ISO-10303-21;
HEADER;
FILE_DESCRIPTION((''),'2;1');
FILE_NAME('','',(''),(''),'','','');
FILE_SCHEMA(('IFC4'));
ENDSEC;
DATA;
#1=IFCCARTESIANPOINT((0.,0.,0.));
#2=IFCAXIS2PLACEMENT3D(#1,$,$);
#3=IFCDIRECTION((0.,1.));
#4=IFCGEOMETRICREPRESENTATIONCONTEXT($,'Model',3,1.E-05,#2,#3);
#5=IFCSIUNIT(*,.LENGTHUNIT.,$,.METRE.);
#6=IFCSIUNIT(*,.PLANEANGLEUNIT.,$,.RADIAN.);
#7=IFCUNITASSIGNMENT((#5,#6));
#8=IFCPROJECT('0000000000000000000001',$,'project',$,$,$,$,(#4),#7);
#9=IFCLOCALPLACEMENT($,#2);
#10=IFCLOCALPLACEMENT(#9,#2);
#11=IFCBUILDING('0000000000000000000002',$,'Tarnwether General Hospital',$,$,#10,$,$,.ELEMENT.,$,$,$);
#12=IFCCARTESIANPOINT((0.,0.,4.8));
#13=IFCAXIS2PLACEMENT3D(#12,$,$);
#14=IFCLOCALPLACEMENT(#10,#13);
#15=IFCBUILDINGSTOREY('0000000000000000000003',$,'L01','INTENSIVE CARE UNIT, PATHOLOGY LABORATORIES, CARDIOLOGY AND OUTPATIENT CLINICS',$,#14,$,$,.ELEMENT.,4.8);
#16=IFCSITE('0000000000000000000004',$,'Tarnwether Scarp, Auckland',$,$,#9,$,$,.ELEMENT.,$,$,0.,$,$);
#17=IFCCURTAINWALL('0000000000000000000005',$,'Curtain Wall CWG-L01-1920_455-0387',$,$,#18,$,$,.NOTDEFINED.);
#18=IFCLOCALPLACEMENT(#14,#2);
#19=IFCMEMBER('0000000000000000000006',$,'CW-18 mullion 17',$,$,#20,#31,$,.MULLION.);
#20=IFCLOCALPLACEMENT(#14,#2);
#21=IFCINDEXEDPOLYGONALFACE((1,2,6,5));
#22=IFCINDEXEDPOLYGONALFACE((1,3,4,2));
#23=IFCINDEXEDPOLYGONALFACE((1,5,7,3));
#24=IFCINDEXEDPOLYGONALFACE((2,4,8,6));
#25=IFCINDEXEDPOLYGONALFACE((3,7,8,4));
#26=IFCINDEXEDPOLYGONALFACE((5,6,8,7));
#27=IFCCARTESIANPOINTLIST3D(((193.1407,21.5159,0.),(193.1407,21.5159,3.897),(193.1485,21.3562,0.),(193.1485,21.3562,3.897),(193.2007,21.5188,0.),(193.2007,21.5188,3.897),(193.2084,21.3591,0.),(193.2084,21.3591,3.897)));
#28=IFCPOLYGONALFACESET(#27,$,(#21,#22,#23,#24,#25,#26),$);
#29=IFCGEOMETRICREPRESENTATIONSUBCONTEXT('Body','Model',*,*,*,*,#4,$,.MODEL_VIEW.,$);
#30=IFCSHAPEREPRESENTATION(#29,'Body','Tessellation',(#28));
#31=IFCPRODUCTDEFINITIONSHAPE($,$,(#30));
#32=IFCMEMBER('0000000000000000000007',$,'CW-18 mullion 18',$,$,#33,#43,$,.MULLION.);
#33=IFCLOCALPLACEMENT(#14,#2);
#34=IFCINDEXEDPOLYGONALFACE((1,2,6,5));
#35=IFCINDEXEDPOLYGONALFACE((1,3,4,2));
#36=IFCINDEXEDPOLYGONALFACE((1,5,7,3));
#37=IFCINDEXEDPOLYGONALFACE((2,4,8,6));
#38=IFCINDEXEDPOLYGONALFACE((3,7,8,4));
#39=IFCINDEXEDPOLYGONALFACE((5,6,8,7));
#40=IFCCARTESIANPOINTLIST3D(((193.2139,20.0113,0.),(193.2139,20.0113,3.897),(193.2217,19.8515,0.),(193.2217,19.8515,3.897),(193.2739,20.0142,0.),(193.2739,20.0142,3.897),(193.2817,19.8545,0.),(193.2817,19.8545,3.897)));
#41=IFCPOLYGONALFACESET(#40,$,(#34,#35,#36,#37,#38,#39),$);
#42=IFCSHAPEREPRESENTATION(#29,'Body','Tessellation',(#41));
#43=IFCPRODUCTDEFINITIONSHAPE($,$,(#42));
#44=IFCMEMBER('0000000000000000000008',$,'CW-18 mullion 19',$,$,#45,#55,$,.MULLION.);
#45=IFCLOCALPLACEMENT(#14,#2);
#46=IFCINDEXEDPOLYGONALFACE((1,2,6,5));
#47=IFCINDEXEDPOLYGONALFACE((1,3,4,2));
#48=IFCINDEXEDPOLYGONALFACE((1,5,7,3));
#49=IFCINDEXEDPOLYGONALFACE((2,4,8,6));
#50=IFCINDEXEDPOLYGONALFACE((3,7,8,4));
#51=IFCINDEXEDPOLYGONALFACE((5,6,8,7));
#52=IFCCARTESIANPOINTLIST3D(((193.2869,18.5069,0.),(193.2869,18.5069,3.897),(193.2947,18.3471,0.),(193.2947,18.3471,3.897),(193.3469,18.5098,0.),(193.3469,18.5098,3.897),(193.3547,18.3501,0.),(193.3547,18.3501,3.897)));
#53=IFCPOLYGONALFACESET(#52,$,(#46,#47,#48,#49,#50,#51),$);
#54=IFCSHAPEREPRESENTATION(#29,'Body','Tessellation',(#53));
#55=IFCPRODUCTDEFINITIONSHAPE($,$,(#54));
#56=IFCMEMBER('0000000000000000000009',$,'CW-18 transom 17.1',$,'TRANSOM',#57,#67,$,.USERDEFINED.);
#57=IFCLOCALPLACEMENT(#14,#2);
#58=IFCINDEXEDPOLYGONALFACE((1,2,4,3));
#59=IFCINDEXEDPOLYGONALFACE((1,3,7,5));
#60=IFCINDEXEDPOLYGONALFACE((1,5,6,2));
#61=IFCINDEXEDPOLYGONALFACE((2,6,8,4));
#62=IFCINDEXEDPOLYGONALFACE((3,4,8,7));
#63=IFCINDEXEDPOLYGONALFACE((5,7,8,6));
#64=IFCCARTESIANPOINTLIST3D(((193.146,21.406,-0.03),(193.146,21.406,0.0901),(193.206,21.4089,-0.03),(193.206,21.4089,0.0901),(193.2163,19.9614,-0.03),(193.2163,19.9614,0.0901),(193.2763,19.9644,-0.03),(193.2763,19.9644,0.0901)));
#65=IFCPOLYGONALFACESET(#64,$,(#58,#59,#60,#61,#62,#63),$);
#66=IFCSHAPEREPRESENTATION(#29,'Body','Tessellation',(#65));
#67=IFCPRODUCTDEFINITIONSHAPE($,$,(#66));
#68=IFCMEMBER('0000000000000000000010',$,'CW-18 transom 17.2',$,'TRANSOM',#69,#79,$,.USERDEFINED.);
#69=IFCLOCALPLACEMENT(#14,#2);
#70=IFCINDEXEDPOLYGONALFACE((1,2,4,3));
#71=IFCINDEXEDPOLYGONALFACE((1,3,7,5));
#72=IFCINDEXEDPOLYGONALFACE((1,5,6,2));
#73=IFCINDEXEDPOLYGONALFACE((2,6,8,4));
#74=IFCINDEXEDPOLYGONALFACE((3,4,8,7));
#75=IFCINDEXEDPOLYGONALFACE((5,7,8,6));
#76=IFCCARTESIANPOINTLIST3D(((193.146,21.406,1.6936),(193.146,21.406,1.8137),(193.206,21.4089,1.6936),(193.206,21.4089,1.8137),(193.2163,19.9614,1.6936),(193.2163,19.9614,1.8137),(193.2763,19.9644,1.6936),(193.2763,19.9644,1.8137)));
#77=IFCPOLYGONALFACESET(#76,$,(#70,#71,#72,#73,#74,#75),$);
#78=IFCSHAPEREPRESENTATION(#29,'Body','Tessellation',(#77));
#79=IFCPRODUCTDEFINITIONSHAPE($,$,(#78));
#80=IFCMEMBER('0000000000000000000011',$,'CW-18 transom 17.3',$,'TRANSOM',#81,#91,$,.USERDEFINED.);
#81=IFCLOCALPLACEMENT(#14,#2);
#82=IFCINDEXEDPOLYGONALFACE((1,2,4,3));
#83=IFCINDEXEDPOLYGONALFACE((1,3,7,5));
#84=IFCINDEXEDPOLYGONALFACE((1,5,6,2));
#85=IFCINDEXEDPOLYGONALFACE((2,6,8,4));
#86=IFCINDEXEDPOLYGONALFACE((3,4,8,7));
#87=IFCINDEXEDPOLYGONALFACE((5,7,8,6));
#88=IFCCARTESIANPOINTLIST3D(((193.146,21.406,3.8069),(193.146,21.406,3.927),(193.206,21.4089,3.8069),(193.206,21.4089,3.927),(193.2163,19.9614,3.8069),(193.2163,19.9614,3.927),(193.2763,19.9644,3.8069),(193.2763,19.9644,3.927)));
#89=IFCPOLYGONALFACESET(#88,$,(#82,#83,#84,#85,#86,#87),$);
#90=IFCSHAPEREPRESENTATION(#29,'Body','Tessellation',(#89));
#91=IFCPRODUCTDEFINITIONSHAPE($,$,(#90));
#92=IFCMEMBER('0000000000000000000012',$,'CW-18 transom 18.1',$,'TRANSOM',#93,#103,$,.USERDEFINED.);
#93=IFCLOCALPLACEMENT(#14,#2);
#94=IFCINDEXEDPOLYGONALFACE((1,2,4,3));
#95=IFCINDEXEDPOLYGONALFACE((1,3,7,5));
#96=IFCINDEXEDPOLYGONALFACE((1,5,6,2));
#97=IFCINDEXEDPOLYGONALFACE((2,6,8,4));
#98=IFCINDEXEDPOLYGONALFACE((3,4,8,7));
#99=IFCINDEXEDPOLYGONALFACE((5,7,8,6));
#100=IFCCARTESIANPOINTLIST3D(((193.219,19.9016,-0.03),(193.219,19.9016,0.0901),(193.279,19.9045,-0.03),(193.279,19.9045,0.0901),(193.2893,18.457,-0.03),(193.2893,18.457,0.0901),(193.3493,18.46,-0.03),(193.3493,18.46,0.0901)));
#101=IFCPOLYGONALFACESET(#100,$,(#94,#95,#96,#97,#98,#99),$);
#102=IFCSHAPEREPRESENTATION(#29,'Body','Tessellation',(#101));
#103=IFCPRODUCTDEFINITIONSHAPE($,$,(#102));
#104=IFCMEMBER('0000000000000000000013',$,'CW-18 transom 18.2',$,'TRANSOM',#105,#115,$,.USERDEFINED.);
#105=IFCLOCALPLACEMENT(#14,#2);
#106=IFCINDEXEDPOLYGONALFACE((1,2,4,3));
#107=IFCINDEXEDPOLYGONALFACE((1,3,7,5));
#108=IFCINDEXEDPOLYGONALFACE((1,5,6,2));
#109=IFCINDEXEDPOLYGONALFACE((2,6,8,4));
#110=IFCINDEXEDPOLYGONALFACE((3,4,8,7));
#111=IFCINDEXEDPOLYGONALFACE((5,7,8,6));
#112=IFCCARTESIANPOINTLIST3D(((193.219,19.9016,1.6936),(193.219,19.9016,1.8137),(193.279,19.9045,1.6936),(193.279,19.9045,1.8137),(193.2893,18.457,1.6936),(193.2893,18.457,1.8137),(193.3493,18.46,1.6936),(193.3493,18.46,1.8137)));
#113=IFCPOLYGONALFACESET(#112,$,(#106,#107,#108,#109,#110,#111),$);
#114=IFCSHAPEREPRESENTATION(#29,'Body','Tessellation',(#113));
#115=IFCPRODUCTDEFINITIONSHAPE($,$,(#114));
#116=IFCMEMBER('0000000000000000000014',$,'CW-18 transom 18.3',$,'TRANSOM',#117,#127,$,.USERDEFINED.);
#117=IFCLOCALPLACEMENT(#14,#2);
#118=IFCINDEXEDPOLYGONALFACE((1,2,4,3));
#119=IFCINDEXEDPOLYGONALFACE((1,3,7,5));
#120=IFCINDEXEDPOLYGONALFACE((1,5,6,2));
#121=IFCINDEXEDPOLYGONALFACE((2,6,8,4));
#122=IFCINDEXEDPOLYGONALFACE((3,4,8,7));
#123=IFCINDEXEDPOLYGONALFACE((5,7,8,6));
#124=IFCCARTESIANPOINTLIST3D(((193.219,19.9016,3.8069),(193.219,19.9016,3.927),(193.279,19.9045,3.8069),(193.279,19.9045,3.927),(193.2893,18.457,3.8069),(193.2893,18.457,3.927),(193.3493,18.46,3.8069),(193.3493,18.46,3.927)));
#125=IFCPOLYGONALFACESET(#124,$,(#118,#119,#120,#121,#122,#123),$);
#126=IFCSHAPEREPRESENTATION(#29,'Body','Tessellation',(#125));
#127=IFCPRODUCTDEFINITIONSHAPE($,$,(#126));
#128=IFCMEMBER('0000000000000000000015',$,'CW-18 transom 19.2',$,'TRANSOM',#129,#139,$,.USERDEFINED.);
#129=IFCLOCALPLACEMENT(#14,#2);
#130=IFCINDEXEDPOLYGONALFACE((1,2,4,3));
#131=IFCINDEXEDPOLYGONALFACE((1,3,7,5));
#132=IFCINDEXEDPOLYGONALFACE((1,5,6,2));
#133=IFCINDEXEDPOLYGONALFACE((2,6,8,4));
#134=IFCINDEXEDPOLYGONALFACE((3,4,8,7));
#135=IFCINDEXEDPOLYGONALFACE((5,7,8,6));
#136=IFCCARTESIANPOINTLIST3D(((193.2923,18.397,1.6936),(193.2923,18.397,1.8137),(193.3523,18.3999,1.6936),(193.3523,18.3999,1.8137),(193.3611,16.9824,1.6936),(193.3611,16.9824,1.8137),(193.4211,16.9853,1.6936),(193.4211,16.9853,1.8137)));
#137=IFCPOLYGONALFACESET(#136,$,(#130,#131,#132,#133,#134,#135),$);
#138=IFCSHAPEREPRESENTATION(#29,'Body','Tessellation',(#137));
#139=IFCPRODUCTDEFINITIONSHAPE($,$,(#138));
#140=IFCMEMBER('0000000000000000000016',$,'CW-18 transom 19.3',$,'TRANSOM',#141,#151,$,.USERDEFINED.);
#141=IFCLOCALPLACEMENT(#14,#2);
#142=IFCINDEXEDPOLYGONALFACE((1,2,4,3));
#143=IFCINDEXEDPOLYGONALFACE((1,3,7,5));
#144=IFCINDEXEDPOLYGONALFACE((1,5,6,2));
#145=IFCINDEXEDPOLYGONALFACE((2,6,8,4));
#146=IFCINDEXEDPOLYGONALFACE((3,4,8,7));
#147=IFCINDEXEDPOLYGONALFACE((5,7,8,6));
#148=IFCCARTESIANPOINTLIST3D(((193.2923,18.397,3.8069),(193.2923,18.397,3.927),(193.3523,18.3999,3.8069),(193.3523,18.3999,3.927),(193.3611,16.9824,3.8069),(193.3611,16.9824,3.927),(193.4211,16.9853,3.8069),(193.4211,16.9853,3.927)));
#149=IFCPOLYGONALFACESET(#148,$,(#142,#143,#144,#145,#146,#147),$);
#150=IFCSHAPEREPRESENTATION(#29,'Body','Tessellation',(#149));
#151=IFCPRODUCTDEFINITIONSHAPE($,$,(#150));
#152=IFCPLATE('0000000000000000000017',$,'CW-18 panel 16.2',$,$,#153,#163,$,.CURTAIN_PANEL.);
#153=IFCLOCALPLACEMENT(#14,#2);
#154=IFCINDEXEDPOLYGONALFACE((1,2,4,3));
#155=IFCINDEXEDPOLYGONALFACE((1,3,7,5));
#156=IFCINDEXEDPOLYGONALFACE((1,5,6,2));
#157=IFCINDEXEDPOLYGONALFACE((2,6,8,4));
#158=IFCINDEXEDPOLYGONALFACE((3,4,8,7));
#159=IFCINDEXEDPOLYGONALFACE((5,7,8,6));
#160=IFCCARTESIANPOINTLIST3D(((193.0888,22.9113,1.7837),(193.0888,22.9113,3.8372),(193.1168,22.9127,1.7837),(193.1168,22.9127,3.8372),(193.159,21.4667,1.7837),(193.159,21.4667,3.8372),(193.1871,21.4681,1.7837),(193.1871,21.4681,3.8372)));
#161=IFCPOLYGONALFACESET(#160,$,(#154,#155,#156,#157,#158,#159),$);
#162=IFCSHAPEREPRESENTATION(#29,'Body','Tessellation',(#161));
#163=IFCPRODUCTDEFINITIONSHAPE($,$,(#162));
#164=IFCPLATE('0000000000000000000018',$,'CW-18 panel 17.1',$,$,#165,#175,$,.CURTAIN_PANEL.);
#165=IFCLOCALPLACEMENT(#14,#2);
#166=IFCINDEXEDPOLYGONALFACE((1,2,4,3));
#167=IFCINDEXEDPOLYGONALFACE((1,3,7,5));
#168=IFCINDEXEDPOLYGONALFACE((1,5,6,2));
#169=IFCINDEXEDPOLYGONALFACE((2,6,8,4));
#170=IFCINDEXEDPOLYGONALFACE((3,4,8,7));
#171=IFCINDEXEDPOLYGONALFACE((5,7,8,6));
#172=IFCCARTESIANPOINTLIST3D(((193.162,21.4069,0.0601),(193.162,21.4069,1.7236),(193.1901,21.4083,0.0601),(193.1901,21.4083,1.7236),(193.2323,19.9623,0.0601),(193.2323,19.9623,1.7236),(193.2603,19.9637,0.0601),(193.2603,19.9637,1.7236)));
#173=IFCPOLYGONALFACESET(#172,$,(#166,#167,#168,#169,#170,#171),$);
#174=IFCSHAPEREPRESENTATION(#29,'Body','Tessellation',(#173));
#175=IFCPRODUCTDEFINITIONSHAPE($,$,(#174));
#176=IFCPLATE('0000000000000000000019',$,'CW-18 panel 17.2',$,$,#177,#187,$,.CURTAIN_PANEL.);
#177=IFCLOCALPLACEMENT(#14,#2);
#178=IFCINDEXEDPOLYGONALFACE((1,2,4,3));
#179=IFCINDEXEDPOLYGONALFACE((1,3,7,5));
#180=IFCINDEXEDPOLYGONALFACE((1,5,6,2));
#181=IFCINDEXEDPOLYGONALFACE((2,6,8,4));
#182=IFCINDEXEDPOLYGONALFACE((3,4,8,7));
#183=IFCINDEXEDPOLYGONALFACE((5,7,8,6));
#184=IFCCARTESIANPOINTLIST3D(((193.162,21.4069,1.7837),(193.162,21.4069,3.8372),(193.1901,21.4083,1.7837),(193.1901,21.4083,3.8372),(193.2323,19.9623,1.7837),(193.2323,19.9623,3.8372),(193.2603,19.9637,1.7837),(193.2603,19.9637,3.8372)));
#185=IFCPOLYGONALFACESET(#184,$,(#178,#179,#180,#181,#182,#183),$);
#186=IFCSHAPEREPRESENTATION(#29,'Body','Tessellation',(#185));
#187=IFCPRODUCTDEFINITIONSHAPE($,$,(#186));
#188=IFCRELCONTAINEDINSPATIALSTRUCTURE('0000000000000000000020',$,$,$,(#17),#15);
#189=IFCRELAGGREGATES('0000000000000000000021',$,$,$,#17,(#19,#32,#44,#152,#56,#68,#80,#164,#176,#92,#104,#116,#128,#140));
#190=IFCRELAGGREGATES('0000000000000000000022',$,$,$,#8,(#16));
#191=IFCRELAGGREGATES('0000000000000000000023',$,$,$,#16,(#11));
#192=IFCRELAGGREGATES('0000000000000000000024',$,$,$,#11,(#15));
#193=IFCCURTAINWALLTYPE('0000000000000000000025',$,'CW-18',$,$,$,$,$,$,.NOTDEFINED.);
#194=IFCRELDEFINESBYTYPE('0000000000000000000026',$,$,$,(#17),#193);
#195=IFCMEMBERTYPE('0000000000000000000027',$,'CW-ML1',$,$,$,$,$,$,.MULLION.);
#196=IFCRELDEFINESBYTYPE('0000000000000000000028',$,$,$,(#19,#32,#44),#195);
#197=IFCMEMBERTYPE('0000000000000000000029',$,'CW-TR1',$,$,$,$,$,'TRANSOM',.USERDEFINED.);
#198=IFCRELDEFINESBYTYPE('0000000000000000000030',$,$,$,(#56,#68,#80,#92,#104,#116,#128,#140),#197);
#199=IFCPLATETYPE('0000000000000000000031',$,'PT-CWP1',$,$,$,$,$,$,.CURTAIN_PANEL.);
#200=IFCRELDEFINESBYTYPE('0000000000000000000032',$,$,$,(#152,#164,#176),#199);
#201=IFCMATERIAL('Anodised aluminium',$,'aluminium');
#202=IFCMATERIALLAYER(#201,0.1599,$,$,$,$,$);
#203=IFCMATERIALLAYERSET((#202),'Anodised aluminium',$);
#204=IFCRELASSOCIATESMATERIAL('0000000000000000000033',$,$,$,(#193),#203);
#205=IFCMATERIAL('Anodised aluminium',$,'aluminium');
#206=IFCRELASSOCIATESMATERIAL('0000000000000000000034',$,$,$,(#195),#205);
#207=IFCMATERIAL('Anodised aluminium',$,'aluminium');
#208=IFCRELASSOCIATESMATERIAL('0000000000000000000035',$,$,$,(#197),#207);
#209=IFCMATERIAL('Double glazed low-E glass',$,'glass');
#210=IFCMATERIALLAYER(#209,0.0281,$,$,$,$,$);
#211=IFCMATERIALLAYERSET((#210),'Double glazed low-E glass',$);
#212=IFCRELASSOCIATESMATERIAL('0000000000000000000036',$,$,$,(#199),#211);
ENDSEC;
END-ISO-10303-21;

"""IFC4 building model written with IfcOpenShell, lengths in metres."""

from ifc_helpers import new_model, si_unit, direction, frame, origin, origin_2d, place, context, subcontext, project, spatial, rectangle, extrude, material, layer, layer_set, material_profile, profile_set, type_object, element, aggregate, save


model = new_model("IFC4")

# Units and contexts
model_context = context("Model", 3, precision=1e-05, world=origin(), true_north=direction((0.0, 1.0)))
body_context = subcontext(model_context, "Body", "Model", "MODEL_VIEW")
ifc_project = project(units=[si_unit("LENGTHUNIT", "METRE"), si_unit("PLANEANGLEUNIT", "RADIAN")], contexts=[model_context])

# Site, building, storey
site_placement = place(None, origin())
site = spatial("IfcSite", under=ifc_project, at=site_placement, Name="Tarnwether Scarp, Auckland", CompositionType="ELEMENT", RefElevation=0.0)
building_placement = place(site_placement, origin())
building = spatial("IfcBuilding", under=site, at=building_placement, Name="Tarnwether General Hospital", CompositionType="ELEMENT")
storey_placement = place(building_placement, frame((0.0, 0.0, 4.8)))
storey = spatial("IfcBuildingStorey", under=building, at=storey_placement, Name="L01", Description="INTENSIVE CARE UNIT, PATHOLOGY LABORATORIES, CARDIOLOGY AND OUTPATIENT CLINICS", CompositionType="ELEMENT", Elevation=4.8)

# Curtain wall, members, plates
ifc_material_1 = material(Name="Anodised aluminium", Category="aluminium")
ifc_layer_1 = layer(ifc_material_1, 0.1599)
ifc_layer_set_1 = layer_set([ifc_layer_1], Name="Anodised aluminium")
curtain_wall_type = type_object("IfcCurtainWallType", Name="CW-18", PredefinedType="NOTDEFINED", material=ifc_layer_set_1)
curtain_wall_placement = place(storey_placement, origin())
curtain_wall = element("IfcCurtainWall", 1, at=curtain_wall_placement, inside=storey, type_object=curtain_wall_type, Name="Curtain Wall CWG-L01-1920_455-0387", PredefinedType="NOTDEFINED")
ifc_material_2 = material(Name="Anodised aluminium", Category="aluminium")
ifc_material_profile_1 = material_profile(ifc_material_2, rectangle(XDim=0.0601, YDim=0.1599, at=origin_2d()), Name="ALU-MUL-60x160")
ifc_profile_set_1 = profile_set([ifc_material_profile_1], Name="Anodised aluminium")
member_type_1 = type_object("IfcMemberType", Name="CW-ML1", PredefinedType="MULLION", material=ifc_profile_set_1)
member_1_placement = place(storey_placement, frame((193.1746, 21.4375, 0.0), z_axis=(0.0, 0.0, 1.0), x_axis=(0.99882, 0.04857, 0.0)))
member_1 = element("IfcMember", 2, at=member_1_placement, type_object=member_type_1, Name="CW-18 mullion 17", PredefinedType="MULLION", context=body_context, shape_type="SweptSolid", body=[
    extrude(rectangle(XDim=0.0601, YDim=0.1599, at=origin_2d()), origin(), (0.0, 0.0, 1.0), 3.897),
])
member_2_placement = place(storey_placement, frame((193.2478, 19.9329, 0.0), z_axis=(0.0, 0.0, 1.0), x_axis=(0.99882, 0.04857, 0.0)))
member_2 = element("IfcMember", 3, at=member_2_placement, type_object=member_type_1, Name="CW-18 mullion 18", PredefinedType="MULLION", context=body_context, shape_type="SweptSolid", body=[
    extrude(rectangle(XDim=0.0601, YDim=0.1599, at=origin_2d()), origin(), (0.0, 0.0, 1.0), 3.897),
])
member_3_placement = place(storey_placement, frame((193.3208, 18.4285, 0.0), z_axis=(0.0, 0.0, 1.0), x_axis=(0.99882, 0.04857, 0.0)))
member_3 = element("IfcMember", 4, at=member_3_placement, type_object=member_type_1, Name="CW-18 mullion 19", PredefinedType="MULLION", context=body_context, shape_type="SweptSolid", body=[
    extrude(rectangle(XDim=0.0601, YDim=0.1599, at=origin_2d()), origin(), (0.0, 0.0, 1.0), 3.897),
])
ifc_material_3 = material(Name="Anodised aluminium", Category="aluminium")
ifc_material_profile_2 = material_profile(ifc_material_3, rectangle(XDim=0.0601, YDim=0.1201, at=origin_2d()), Name="ALU-TRN-60x120")
ifc_profile_set_2 = profile_set([ifc_material_profile_2], Name="Anodised aluminium")
member_type_2 = type_object("IfcMemberType", Name="CW-TR1", ElementType="TRANSOM", PredefinedType="USERDEFINED", material=ifc_profile_set_2)
member_4_placement = place(storey_placement, frame((193.176, 21.4075, 0.03), z_axis=(0.048616, -0.998818, 0.0), x_axis=(0.998818, 0.048616, 0.0)))
member_4 = element("IfcMember", 5, at=member_4_placement, type_object=member_type_2, Name="CW-18 transom 17.1", ObjectType="TRANSOM", PredefinedType="USERDEFINED", context=body_context, shape_type="SweptSolid", body=[
    extrude(rectangle(XDim=0.0601, YDim=0.1201, at=origin_2d()), origin(), (0.0, 0.0, 1.0), 1.4463),
])
member_5_placement = place(storey_placement, frame((193.176, 21.4075, 1.7537), z_axis=(0.048616, -0.998818, 0.0), x_axis=(0.998818, 0.048616, 0.0)))
member_5 = element("IfcMember", 6, at=member_5_placement, type_object=member_type_2, Name="CW-18 transom 17.2", ObjectType="TRANSOM", PredefinedType="USERDEFINED", context=body_context, shape_type="SweptSolid", body=[
    extrude(rectangle(XDim=0.0601, YDim=0.1201, at=origin_2d()), origin(), (0.0, 0.0, 1.0), 1.4463),
])
member_6_placement = place(storey_placement, frame((193.176, 21.4075, 3.8669), z_axis=(0.048616, -0.998818, 0.0), x_axis=(0.998818, 0.048616, 0.0)))
member_6 = element("IfcMember", 7, at=member_6_placement, type_object=member_type_2, Name="CW-18 transom 17.3", ObjectType="TRANSOM", PredefinedType="USERDEFINED", context=body_context, shape_type="SweptSolid", body=[
    extrude(rectangle(XDim=0.0601, YDim=0.1201, at=origin_2d()), origin(), (0.0, 0.0, 1.0), 1.4463),
])
member_7_placement = place(storey_placement, frame((193.249, 19.9031, 0.03), z_axis=(0.048616, -0.998818, 0.0), x_axis=(0.998818, 0.048616, 0.0)))
member_7 = element("IfcMember", 8, at=member_7_placement, type_object=member_type_2, Name="CW-18 transom 18.1", ObjectType="TRANSOM", PredefinedType="USERDEFINED", context=body_context, shape_type="SweptSolid", body=[
    extrude(rectangle(XDim=0.0601, YDim=0.1201, at=origin_2d()), origin(), (0.0, 0.0, 1.0), 1.4463),
])
member_8_placement = place(storey_placement, frame((193.249, 19.9031, 1.7537), z_axis=(0.048616, -0.998818, 0.0), x_axis=(0.998818, 0.048616, 0.0)))
member_8 = element("IfcMember", 9, at=member_8_placement, type_object=member_type_2, Name="CW-18 transom 18.2", ObjectType="TRANSOM", PredefinedType="USERDEFINED", context=body_context, shape_type="SweptSolid", body=[
    extrude(rectangle(XDim=0.0601, YDim=0.1201, at=origin_2d()), origin(), (0.0, 0.0, 1.0), 1.4463),
])
member_9_placement = place(storey_placement, frame((193.249, 19.9031, 3.8669), z_axis=(0.048616, -0.998818, 0.0), x_axis=(0.998818, 0.048616, 0.0)))
member_9 = element("IfcMember", 10, at=member_9_placement, type_object=member_type_2, Name="CW-18 transom 18.3", ObjectType="TRANSOM", PredefinedType="USERDEFINED", context=body_context, shape_type="SweptSolid", body=[
    extrude(rectangle(XDim=0.0601, YDim=0.1201, at=origin_2d()), origin(), (0.0, 0.0, 1.0), 1.4463),
])
member_10_placement = place(storey_placement, frame((193.3223, 18.3984, 1.7537), z_axis=(0.048613, -0.998818, 0.0), x_axis=(0.998818, 0.048613, 0.0)))
member_10 = element("IfcMember", 11, at=member_10_placement, type_object=member_type_2, Name="CW-18 transom 19.2", ObjectType="TRANSOM", PredefinedType="USERDEFINED", context=body_context, shape_type="SweptSolid", body=[
    extrude(rectangle(XDim=0.0601, YDim=0.1201, at=origin_2d()), origin(), (0.0, 0.0, 1.0), 1.4163),
])
member_11_placement = place(storey_placement, frame((193.3223, 18.3984, 3.8669), z_axis=(0.048613, -0.998818, 0.0), x_axis=(0.998818, 0.048613, 0.0)))
member_11 = element("IfcMember", 12, at=member_11_placement, type_object=member_type_2, Name="CW-18 transom 19.3", ObjectType="TRANSOM", PredefinedType="USERDEFINED", context=body_context, shape_type="SweptSolid", body=[
    extrude(rectangle(XDim=0.0601, YDim=0.1201, at=origin_2d()), origin(), (0.0, 0.0, 1.0), 1.4163),
])
ifc_material_4 = material(Name="Double glazed low-E glass", Category="glass")
ifc_layer_2 = layer(ifc_material_4, 0.0281)
ifc_layer_set_2 = layer_set([ifc_layer_2], Name="Double glazed low-E glass")
plate_type = type_object("IfcPlateType", Name="PT-CWP1", PredefinedType="CURTAIN_PANEL", material=ifc_layer_set_2)
plate_1_placement = place(storey_placement, frame((193.1379, 22.1897, 1.7837), z_axis=(0.0, 0.0, 1.0), x_axis=(0.04857, -0.99882, 0.0)))
plate_1 = element("IfcPlate", 13, at=plate_1_placement, type_object=plate_type, Name="CW-18 panel 16.2", PredefinedType="CURTAIN_PANEL", context=body_context, shape_type="SweptSolid", body=[
    extrude(rectangle(XDim=1.4463, YDim=0.0281, at=origin_2d()), origin(), (0.0, 0.0, 1.0), 2.0535),
])
plate_2_placement = place(storey_placement, frame((193.2112, 20.6853, 0.0601), z_axis=(0.0, 0.0, 1.0), x_axis=(0.04857, -0.99882, 0.0)))
plate_2 = element("IfcPlate", 14, at=plate_2_placement, type_object=plate_type, Name="CW-18 panel 17.1", PredefinedType="CURTAIN_PANEL", context=body_context, shape_type="SweptSolid", body=[
    extrude(rectangle(XDim=1.4463, YDim=0.0281, at=origin_2d()), origin(), (0.0, 0.0, 1.0), 1.6636),
])
plate_3_placement = place(storey_placement, frame((193.2112, 20.6853, 1.7837), z_axis=(0.0, 0.0, 1.0), x_axis=(0.04857, -0.99882, 0.0)))
plate_3 = element("IfcPlate", 15, at=plate_3_placement, type_object=plate_type, Name="CW-18 panel 17.2", PredefinedType="CURTAIN_PANEL", context=body_context, shape_type="SweptSolid", body=[
    extrude(rectangle(XDim=1.4463, YDim=0.0281, at=origin_2d()), origin(), (0.0, 0.0, 1.0), 2.0535),
])
aggregate(curtain_wall, [member_1, member_2, member_3, plate_1, member_4, member_5, member_6, plate_2, plate_3, member_7, member_8, member_9, member_10, member_11])

save(model, "model.ifc")
